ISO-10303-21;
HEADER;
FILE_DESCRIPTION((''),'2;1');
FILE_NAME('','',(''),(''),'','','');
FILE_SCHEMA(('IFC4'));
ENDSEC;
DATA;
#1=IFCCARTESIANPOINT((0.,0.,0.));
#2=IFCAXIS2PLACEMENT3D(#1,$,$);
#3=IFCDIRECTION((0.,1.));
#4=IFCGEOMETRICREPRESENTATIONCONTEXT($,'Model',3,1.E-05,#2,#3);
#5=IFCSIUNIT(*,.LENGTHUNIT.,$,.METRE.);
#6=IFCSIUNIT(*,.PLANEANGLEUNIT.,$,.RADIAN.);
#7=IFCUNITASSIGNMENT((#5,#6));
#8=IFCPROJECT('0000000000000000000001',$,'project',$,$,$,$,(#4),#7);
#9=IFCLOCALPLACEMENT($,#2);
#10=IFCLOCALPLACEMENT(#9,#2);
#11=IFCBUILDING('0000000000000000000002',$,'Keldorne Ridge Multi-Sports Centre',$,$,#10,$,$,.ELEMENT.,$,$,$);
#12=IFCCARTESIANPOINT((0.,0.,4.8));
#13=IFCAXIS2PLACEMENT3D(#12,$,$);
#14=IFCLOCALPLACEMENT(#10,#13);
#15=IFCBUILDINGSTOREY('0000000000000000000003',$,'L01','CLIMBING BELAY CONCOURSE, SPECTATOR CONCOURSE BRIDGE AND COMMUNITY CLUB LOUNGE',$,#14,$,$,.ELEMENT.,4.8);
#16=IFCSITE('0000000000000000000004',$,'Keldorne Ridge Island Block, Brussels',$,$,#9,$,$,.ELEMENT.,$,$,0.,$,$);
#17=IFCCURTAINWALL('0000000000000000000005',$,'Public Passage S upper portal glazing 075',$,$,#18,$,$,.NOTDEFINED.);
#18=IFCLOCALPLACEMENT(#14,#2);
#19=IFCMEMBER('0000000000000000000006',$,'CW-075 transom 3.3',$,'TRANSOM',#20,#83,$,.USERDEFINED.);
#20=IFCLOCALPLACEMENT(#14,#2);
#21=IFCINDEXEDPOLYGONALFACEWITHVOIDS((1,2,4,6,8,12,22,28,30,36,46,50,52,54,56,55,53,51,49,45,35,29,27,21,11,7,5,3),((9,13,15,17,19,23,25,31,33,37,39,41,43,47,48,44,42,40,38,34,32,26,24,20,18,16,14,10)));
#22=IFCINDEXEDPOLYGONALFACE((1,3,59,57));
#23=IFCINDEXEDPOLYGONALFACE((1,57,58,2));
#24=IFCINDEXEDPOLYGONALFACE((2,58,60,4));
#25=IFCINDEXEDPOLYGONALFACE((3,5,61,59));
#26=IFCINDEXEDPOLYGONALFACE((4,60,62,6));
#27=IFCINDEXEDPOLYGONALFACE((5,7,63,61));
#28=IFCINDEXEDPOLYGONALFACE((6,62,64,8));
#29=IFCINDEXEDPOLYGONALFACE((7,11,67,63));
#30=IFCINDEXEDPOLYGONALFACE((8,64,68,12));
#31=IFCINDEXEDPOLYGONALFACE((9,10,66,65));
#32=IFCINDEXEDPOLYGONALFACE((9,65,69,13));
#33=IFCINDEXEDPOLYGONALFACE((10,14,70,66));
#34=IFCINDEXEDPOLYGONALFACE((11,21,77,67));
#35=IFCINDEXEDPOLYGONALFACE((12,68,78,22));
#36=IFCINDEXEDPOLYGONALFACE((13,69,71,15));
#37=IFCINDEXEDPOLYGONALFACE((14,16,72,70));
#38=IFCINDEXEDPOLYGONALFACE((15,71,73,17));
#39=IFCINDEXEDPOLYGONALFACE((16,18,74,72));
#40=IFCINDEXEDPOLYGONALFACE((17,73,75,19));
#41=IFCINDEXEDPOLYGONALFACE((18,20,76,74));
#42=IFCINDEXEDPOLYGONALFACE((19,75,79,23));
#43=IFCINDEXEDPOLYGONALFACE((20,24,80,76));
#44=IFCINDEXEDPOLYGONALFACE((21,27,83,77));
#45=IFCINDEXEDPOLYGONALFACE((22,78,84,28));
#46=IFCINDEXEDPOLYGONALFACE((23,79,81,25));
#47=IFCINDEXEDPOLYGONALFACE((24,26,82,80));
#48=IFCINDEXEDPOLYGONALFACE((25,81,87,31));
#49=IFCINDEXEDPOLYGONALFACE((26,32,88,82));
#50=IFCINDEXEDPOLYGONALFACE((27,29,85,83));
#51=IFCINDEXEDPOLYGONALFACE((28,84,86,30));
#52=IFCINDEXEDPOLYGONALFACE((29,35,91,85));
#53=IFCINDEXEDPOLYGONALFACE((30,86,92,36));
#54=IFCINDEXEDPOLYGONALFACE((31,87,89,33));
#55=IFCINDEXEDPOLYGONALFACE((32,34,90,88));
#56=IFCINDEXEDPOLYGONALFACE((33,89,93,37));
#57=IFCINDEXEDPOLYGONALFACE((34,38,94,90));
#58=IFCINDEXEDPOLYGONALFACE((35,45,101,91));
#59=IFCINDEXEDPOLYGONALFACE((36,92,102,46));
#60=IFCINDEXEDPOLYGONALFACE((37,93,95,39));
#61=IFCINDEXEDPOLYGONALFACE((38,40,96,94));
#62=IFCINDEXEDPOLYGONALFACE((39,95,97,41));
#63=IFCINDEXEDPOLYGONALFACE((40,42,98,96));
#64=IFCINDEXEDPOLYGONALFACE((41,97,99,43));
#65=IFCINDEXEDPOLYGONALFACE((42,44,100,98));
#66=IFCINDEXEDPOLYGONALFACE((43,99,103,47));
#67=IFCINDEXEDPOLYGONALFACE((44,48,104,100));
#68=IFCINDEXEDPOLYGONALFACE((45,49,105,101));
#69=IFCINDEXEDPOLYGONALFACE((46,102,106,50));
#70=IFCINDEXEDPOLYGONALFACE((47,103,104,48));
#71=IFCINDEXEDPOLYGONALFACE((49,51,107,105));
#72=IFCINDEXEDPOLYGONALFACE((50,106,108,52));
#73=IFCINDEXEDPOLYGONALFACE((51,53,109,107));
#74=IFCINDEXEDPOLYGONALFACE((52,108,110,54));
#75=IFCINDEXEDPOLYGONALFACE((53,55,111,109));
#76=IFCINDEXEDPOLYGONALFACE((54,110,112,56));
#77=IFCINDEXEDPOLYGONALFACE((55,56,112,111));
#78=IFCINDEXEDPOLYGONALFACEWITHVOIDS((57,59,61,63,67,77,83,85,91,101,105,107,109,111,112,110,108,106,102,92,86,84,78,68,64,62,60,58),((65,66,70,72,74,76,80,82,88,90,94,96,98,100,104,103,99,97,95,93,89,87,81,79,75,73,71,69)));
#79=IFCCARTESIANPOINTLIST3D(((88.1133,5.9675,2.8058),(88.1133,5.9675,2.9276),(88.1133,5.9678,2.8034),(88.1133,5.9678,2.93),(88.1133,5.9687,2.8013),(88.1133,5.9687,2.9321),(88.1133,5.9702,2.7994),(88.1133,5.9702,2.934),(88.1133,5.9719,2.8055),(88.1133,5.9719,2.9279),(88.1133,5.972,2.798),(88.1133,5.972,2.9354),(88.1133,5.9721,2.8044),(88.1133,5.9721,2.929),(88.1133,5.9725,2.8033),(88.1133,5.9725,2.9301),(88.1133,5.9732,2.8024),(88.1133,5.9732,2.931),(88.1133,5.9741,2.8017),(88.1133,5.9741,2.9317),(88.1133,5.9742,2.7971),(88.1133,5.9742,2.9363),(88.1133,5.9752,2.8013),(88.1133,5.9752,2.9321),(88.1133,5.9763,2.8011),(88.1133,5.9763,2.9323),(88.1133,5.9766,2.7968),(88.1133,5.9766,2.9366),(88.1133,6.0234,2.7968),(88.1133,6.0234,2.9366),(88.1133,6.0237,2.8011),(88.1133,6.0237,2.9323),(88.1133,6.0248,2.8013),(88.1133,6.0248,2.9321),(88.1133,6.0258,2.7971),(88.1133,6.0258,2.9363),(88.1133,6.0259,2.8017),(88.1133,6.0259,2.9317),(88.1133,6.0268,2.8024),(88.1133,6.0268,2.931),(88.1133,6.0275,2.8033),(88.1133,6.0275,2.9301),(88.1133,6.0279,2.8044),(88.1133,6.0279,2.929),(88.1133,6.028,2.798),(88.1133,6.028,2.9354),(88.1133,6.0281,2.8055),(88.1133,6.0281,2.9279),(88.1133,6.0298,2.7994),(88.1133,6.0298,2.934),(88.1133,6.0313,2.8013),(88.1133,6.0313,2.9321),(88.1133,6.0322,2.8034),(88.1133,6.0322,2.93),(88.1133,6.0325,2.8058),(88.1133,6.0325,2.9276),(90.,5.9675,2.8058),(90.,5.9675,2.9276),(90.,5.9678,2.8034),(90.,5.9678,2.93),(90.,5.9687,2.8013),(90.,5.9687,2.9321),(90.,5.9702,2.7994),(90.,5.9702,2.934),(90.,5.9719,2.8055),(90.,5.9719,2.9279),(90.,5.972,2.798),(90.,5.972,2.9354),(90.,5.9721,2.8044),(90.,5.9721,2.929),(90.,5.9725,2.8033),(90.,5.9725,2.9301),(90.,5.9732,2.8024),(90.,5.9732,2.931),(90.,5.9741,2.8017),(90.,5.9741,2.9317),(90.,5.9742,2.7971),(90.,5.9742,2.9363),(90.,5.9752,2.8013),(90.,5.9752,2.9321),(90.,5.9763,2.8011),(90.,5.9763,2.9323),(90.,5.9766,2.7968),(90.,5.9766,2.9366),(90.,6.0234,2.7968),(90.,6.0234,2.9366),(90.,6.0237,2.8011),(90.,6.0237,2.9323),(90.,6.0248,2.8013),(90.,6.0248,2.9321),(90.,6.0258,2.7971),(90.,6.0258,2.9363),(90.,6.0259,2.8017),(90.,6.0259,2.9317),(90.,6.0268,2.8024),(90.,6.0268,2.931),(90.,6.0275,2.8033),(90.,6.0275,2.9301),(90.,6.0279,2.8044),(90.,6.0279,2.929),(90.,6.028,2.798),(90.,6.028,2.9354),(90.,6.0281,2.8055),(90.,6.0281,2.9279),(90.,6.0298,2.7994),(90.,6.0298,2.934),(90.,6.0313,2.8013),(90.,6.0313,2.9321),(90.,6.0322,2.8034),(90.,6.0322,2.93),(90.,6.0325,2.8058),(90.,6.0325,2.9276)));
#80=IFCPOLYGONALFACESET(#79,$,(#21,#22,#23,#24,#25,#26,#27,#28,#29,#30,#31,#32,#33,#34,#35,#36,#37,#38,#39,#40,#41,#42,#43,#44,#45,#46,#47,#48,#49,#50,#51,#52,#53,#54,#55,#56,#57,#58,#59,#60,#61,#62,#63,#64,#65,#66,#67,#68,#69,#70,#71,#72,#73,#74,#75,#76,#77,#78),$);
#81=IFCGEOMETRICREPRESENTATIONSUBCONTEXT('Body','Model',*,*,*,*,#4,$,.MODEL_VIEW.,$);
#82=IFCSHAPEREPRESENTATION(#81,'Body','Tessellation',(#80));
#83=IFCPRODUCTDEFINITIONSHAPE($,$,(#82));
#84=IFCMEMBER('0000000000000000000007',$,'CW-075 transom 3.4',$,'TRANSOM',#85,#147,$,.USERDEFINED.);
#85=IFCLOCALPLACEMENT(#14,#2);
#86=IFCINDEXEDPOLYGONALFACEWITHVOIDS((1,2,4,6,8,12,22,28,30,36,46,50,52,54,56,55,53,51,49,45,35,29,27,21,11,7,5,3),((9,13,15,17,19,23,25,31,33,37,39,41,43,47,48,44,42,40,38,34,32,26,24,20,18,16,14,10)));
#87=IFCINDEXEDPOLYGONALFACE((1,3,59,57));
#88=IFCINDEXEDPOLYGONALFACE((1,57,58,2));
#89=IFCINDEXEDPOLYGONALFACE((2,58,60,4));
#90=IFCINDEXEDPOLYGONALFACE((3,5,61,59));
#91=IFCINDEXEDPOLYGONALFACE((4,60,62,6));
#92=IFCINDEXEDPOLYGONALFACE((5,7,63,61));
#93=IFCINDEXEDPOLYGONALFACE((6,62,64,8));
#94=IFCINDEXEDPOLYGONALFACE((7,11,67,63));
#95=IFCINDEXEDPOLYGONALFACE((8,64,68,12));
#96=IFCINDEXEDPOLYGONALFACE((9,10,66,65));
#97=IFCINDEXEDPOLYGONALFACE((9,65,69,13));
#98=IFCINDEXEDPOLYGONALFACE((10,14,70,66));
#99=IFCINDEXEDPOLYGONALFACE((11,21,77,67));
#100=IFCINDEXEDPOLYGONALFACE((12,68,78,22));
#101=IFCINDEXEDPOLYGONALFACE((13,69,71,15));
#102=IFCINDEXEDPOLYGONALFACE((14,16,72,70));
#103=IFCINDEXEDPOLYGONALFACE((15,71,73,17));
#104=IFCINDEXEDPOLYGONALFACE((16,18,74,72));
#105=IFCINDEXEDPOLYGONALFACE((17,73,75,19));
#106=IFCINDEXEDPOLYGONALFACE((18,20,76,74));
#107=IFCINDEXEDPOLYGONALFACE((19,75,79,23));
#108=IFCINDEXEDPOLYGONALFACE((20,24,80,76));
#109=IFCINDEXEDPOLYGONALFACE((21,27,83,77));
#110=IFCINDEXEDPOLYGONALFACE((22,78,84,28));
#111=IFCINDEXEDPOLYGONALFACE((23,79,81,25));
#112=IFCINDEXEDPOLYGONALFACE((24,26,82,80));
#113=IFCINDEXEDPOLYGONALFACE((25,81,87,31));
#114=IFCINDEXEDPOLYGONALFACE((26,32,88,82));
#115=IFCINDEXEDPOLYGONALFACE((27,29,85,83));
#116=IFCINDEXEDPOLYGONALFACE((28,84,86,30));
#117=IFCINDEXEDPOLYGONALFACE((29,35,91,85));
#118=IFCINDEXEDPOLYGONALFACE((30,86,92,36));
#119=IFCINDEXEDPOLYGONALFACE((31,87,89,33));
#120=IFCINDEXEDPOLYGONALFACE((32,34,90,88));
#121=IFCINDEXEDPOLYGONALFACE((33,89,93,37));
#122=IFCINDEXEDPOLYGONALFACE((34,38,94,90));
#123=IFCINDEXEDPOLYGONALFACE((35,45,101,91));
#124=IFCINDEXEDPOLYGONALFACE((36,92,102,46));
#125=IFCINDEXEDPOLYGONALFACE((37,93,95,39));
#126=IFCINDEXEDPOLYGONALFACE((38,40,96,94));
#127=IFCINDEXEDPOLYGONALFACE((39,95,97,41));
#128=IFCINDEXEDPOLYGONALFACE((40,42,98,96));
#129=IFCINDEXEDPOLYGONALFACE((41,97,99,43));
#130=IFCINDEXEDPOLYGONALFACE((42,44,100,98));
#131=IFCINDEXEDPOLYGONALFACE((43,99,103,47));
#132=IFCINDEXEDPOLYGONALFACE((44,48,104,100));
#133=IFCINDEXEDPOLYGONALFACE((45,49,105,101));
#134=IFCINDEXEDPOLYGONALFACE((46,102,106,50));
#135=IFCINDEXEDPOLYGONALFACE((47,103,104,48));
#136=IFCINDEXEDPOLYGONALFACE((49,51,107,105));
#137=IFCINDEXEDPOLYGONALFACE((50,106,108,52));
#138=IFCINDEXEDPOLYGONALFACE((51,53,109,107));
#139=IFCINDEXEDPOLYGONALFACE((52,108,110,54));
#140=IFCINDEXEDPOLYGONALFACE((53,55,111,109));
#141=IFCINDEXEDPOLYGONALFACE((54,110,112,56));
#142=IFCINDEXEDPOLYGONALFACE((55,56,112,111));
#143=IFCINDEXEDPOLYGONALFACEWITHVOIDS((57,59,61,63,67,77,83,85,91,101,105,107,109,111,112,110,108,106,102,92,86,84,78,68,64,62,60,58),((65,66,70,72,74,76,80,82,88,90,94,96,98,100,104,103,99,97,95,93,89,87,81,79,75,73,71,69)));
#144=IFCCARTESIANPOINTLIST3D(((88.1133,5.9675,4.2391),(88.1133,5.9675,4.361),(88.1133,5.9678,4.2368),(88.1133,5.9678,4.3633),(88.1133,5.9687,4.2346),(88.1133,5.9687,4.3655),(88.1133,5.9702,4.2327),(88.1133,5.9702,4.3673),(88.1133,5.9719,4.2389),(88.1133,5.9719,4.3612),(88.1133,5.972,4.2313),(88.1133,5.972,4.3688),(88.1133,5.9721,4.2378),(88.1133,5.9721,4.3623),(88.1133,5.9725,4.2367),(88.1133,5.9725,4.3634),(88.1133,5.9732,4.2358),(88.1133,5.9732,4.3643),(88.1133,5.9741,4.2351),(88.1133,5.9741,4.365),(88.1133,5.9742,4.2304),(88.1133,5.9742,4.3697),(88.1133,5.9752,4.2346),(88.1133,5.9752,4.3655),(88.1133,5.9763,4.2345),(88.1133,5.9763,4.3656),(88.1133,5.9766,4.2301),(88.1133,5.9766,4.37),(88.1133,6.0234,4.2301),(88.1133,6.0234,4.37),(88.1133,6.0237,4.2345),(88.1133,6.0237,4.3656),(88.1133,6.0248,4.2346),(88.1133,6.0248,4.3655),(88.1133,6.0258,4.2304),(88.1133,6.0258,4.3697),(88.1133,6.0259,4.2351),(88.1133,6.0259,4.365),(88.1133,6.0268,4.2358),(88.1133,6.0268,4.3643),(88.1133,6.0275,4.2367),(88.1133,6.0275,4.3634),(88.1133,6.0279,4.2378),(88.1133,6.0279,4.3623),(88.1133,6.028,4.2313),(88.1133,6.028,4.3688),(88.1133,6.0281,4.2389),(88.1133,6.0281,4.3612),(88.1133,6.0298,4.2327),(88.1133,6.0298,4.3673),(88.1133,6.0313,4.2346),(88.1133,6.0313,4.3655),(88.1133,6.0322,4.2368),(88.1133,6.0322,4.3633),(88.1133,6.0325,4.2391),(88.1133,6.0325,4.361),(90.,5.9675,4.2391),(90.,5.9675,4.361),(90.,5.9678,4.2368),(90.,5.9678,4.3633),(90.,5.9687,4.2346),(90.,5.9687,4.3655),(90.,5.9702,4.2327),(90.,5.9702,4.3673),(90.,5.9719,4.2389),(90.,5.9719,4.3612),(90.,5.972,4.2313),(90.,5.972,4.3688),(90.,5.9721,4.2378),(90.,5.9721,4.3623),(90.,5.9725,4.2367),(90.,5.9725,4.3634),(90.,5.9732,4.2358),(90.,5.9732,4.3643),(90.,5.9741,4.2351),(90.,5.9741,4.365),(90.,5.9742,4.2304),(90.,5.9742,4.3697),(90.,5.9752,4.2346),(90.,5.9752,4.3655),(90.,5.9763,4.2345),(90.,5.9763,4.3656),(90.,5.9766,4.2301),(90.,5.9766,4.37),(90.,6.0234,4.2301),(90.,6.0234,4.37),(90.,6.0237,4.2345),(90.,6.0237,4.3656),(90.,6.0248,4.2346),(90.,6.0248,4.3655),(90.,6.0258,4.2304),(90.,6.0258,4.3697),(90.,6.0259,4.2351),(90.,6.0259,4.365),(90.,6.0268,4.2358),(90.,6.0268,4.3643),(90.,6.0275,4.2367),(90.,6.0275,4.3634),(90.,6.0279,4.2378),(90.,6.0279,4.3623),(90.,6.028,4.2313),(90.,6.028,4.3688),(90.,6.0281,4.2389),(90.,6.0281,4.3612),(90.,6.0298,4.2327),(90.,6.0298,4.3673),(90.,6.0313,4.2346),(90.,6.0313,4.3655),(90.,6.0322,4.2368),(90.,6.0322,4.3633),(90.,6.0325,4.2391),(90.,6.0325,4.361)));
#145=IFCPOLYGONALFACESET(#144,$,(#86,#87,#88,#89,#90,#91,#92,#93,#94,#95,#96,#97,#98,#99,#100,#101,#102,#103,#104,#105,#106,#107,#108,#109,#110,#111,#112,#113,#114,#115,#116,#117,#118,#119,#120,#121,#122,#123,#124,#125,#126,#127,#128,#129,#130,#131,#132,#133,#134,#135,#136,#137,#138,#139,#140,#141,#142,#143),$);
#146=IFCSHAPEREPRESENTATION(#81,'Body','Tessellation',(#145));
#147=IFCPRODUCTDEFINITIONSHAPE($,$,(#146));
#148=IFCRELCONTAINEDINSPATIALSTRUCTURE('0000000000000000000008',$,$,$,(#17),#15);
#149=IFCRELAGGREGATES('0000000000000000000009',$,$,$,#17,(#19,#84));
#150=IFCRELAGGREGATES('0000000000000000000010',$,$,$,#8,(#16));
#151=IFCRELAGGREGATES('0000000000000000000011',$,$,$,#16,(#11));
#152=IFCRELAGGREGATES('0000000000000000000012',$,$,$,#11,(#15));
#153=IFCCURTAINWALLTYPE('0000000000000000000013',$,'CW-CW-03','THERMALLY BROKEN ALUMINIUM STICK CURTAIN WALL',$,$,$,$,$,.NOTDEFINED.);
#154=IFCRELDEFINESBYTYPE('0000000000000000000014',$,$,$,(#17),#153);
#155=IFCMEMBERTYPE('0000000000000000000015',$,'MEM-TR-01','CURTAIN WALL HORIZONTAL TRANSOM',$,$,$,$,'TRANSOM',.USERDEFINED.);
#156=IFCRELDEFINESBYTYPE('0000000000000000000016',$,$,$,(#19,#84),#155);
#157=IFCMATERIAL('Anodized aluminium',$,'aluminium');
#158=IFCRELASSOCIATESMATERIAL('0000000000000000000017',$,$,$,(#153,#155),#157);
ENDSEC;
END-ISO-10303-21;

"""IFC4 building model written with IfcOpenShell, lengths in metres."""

from ifc_helpers import new_model, si_unit, direction, frame, origin, origin_2d, place, context, subcontext, project, spatial, hollow_rectangle, extrude, material, material_profile, profile_set, type_object, element, aggregate, save


model = new_model("IFC4")

# Units and contexts
model_context = context("Model", 3, precision=1e-05, world=origin(), true_north=direction((0.0, 1.0)))
body_context = subcontext(model_context, "Body", "Model", "MODEL_VIEW")
ifc_project = project(units=[si_unit("LENGTHUNIT", "METRE"), si_unit("PLANEANGLEUNIT", "RADIAN")], contexts=[model_context])

# Site, building, storey
site_placement = place(None, origin())
site = spatial("IfcSite", under=ifc_project, at=site_placement, Name="Keldorne Ridge Island Block, Brussels", CompositionType="ELEMENT", RefElevation=0.0)
building_placement = place(site_placement, origin())
building = spatial("IfcBuilding", under=site, at=building_placement, Name="Keldorne Ridge Multi-Sports Centre", CompositionType="ELEMENT")
storey_placement = place(building_placement, frame((0.0, 0.0, 4.8)))
storey = spatial("IfcBuildingStorey", under=building, at=storey_placement, Name="L01", Description="CLIMBING BELAY CONCOURSE, SPECTATOR CONCOURSE BRIDGE AND COMMUNITY CLUB LOUNGE", CompositionType="ELEMENT", Elevation=4.8)

# Curtain wall, members
ifc_material_1 = material(Name="Anodized aluminium", Category="aluminium")
curtain_wall_type = type_object("IfcCurtainWallType", Name="CW-CW-03", Description="THERMALLY BROKEN ALUMINIUM STICK CURTAIN WALL", PredefinedType="NOTDEFINED", material=ifc_material_1)
curtain_wall_placement = place(storey_placement, origin())
curtain_wall = element("IfcCurtainWall", 1, at=curtain_wall_placement, inside=storey, type_object=curtain_wall_type, Name="Public Passage S upper portal glazing 075", PredefinedType="NOTDEFINED")
ifc_material_profile_1 = material_profile(ifc_material_1, hollow_rectangle(XDim=0.0649, YDim=0.1399, WallThickness=0.0044, InnerFilletRadius=0.0044, OuterFilletRadius=0.009, at=origin_2d()), Name="ALU TRANSOM 140x65x4.5")
ifc_profile_set_1 = profile_set([ifc_material_profile_1], Name="Anodized aluminium")
member_type_1 = type_object("IfcMemberType", Name="MEM-TR-01", Description="CURTAIN WALL HORIZONTAL TRANSOM", ElementType="TRANSOM", PredefinedType="USERDEFINED", material=ifc_profile_set_1)
member_1_placement = place(storey_placement, frame((88.1133, 6.0, 2.8667), z_axis=(1.0, 0.0, 0.0), x_axis=(0.0, 1.0, 0.0)))
member_1 = element("IfcMember", 2, at=member_1_placement, type_object=member_type_1, Name="CW-075 transom 3.3", ObjectType="TRANSOM", PredefinedType="USERDEFINED", context=body_context, shape_type="SweptSolid", body=[
    extrude(hollow_rectangle(XDim=0.0649, YDim=0.1399, WallThickness=0.0044, InnerFilletRadius=0.0044, OuterFilletRadius=0.009, at=origin_2d()), origin(), (0.0, 0.0, 1.0), 1.8867),
])
member_2_placement = place(storey_placement, frame((88.1133, 6.0, 4.3), z_axis=(1.0, 0.0, 0.0), x_axis=(0.0, 1.0, 0.0)))
member_2 = element("IfcMember", 3, at=member_2_placement, type_object=member_type_1, Name="CW-075 transom 3.4", ObjectType="TRANSOM", PredefinedType="USERDEFINED", context=body_context, shape_type="SweptSolid", body=[
    extrude(hollow_rectangle(XDim=0.0649, YDim=0.1399, WallThickness=0.0044, InnerFilletRadius=0.0044, OuterFilletRadius=0.009, at=origin_2d()), origin(), (0.0, 0.0, 1.0), 1.8867),
])
aggregate(curtain_wall, [member_1, member_2])

save(model, "model.ifc")
